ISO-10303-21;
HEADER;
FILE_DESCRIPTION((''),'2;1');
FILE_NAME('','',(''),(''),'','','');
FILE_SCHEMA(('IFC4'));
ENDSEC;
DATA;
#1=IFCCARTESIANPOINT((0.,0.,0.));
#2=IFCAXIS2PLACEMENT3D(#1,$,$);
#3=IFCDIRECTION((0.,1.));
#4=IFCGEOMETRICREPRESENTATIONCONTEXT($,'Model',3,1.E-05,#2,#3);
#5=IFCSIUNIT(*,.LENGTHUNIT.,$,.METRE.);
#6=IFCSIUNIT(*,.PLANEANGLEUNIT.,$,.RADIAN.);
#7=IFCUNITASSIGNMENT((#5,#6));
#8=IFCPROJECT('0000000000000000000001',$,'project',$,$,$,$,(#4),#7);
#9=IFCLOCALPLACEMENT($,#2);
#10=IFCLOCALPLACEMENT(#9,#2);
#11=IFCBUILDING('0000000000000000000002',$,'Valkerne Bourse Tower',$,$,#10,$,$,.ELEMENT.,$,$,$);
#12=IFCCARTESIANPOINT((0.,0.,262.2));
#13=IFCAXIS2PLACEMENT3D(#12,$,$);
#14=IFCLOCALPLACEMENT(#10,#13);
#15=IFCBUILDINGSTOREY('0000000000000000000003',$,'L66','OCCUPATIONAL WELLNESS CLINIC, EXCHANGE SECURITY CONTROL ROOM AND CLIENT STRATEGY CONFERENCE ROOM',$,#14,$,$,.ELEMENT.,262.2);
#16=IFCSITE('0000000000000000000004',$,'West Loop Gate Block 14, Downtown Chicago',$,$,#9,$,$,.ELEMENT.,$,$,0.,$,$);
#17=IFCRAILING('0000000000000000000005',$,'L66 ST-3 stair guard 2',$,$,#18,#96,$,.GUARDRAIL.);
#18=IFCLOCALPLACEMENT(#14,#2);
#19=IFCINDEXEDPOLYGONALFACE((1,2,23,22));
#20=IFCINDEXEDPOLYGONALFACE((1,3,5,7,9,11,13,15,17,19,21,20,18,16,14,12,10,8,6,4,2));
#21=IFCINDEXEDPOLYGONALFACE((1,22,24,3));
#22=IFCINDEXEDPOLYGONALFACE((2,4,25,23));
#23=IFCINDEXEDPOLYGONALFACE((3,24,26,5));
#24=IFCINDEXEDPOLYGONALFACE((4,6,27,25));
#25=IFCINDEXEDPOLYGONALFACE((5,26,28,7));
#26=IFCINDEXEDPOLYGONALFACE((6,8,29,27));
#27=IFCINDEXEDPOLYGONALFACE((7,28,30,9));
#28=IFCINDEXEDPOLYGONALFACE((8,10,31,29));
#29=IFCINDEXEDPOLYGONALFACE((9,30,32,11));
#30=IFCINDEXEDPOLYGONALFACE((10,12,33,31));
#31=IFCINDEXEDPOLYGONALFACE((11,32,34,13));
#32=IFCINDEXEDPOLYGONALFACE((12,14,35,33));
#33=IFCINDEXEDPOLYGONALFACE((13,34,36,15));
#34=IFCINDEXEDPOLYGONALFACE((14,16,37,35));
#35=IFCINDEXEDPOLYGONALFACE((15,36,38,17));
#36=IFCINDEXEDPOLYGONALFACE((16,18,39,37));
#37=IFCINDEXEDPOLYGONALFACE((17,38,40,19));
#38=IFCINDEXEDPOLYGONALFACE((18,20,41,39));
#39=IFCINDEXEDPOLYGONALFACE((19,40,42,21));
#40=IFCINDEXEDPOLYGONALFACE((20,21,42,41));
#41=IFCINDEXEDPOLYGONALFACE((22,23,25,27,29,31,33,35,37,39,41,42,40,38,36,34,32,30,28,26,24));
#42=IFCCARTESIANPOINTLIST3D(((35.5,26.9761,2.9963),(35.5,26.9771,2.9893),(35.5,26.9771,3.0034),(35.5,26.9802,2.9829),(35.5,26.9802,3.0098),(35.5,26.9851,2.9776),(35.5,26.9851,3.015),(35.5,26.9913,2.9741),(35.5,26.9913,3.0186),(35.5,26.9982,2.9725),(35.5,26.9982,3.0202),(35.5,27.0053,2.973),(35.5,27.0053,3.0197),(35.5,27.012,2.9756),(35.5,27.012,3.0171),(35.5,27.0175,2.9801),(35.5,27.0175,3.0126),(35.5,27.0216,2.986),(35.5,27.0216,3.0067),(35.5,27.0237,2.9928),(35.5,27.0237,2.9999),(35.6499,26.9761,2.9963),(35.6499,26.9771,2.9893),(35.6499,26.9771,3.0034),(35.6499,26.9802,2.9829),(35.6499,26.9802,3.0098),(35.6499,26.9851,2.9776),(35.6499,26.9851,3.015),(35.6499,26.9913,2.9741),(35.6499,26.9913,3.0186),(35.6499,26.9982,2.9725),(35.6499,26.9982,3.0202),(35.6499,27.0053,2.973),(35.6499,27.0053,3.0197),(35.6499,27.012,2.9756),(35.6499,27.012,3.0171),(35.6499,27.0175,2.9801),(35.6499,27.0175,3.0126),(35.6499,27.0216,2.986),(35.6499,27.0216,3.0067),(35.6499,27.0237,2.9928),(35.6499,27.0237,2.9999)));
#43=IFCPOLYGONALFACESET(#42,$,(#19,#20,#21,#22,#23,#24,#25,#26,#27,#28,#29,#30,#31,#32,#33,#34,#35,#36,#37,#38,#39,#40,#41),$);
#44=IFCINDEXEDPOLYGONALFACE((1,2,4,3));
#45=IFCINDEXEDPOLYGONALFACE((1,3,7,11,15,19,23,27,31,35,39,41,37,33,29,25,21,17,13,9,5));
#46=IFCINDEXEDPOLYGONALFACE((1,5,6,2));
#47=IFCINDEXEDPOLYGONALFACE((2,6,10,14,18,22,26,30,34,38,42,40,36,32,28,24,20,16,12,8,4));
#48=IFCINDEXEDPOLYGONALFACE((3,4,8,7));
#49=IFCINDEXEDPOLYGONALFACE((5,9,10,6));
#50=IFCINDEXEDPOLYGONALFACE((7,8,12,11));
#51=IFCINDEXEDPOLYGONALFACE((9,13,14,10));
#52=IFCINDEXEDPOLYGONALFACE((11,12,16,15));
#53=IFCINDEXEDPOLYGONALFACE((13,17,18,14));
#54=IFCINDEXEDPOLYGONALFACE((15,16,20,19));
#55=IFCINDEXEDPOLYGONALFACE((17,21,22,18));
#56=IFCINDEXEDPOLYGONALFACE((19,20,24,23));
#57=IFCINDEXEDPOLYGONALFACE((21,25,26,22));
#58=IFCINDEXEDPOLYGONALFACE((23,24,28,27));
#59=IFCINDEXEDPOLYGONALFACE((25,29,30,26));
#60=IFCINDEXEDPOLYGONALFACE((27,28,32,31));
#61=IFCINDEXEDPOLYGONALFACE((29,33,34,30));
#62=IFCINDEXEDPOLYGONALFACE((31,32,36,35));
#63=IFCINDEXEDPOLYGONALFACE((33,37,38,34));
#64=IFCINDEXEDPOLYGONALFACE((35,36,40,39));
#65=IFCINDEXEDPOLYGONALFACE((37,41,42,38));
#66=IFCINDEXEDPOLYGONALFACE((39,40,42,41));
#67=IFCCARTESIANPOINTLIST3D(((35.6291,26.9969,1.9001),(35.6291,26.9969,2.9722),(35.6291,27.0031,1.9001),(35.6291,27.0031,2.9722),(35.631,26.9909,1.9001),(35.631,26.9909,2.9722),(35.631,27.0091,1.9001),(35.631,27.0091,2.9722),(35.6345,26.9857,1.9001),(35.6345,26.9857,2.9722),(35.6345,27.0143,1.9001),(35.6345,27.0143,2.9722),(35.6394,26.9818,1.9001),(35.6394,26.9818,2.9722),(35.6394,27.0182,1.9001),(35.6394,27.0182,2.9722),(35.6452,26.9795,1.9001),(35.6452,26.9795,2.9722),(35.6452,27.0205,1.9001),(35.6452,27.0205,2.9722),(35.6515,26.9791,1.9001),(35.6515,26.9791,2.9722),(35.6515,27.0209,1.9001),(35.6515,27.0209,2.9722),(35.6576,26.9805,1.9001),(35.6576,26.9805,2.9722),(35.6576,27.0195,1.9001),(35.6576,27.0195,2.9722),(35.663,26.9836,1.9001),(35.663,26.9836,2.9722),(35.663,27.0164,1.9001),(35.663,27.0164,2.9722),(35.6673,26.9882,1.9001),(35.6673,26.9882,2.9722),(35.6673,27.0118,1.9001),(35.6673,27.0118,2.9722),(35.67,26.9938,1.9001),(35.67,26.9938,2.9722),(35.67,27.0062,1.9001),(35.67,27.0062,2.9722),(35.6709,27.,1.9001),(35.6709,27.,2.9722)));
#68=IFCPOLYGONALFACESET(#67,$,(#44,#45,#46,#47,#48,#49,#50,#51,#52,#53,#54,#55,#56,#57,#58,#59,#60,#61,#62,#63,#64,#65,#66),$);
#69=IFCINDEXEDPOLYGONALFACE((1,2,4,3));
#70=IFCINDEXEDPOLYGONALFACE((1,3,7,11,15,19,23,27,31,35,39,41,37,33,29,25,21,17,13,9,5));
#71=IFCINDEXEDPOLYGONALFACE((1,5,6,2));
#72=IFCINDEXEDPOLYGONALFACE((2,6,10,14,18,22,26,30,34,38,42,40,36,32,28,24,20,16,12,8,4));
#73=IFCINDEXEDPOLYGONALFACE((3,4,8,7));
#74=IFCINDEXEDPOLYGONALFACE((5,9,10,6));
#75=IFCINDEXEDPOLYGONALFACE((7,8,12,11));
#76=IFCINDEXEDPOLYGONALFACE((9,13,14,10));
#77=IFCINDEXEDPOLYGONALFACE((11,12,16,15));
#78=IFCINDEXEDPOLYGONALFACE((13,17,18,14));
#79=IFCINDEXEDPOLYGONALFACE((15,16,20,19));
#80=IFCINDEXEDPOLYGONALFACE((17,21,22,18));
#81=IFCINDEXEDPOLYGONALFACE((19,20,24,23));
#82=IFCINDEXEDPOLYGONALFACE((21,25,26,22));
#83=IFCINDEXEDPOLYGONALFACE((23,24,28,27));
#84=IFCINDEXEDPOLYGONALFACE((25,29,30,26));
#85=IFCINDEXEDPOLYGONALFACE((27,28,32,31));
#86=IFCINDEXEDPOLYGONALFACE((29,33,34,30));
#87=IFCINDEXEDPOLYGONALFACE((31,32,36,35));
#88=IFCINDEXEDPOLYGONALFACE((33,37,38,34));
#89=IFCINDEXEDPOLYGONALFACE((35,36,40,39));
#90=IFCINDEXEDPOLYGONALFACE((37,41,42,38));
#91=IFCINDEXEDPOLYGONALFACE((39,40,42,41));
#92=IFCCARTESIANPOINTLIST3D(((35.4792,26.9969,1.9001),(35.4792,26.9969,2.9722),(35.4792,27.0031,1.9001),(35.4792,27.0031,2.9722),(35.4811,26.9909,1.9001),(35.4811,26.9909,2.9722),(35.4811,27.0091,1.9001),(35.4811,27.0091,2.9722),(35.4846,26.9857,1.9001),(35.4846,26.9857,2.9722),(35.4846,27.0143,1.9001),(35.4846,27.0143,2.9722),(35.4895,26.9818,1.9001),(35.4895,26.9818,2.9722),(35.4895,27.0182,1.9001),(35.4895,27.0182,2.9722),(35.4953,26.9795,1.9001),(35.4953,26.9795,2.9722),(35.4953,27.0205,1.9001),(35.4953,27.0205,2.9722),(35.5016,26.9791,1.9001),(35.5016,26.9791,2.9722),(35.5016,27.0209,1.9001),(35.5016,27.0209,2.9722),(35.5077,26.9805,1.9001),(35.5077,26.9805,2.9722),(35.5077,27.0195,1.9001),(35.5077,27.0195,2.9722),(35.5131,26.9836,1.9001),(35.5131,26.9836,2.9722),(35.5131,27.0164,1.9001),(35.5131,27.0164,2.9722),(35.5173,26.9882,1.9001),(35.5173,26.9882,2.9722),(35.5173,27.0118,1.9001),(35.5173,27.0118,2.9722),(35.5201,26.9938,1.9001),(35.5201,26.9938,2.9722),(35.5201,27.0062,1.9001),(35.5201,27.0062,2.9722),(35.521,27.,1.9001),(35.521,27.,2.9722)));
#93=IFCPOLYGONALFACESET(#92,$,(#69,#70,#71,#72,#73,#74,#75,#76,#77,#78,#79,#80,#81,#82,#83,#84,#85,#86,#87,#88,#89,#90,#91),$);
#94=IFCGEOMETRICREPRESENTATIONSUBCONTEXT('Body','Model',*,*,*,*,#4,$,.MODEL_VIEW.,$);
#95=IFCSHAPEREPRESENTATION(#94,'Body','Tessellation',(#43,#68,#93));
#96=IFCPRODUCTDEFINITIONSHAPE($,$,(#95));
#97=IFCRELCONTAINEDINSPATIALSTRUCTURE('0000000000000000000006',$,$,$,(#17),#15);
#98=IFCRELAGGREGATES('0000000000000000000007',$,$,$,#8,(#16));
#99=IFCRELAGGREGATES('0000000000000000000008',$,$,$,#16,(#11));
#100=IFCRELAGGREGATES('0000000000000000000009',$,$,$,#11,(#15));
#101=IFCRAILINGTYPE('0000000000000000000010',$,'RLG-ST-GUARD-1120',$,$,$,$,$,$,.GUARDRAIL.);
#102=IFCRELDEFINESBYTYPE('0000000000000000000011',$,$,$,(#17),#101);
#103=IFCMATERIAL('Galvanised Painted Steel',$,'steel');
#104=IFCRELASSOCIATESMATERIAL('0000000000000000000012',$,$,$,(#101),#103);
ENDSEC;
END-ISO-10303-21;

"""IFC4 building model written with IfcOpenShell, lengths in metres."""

from ifc_helpers import new_model, si_unit, direction, frame, origin, origin_2d, place, context, subcontext, project, spatial, circle, extrude, material, type_object, element, save


model = new_model("IFC4")

# Units and contexts
model_context = context("Model", 3, precision=1e-05, world=origin(), true_north=direction((0.0, 1.0)))
body_context = subcontext(model_context, "Body", "Model", "MODEL_VIEW")
ifc_project = project(units=[si_unit("LENGTHUNIT", "METRE"), si_unit("PLANEANGLEUNIT", "RADIAN")], contexts=[model_context])

# Site, building, storey
site_placement = place(None, origin())
site = spatial("IfcSite", under=ifc_project, at=site_placement, Name="West Loop Gate Block 14, Downtown Chicago", CompositionType="ELEMENT", RefElevation=0.0)
building_placement = place(site_placement, origin())
building = spatial("IfcBuilding", under=site, at=building_placement, Name="Valkerne Bourse Tower", CompositionType="ELEMENT")
storey_placement = place(building_placement, frame((0.0, 0.0, 262.2)))
storey = spatial("IfcBuildingStorey", under=building, at=storey_placement, Name="L66", Description="OCCUPATIONAL WELLNESS CLINIC, EXCHANGE SECURITY CONTROL ROOM AND CLIENT STRATEGY CONFERENCE ROOM", CompositionType="ELEMENT", Elevation=262.2)

# Railing
ifc_material_1 = material(Name="Galvanised Painted Steel", Category="steel")
railing_type_1 = type_object("IfcRailingType", Name="RLG-ST-GUARD-1120", PredefinedType="GUARDRAIL", material=ifc_material_1)
railing_1_placement = place(storey_placement, frame((35.6499, 27.0, 1.9001)))
element("IfcRailing", 1, at=railing_1_placement, inside=storey, type_object=railing_type_1, Name="L66 ST-3 stair guard 2", PredefinedType="GUARDRAIL", context=body_context, shape_type="SweptSolid", body=[
    extrude(circle(Radius=0.0239, at=origin_2d()), frame((0.0, 0.0, 1.0962), z_axis=(-1.0, 0.0, 0.0), x_axis=(0.0, -1.0, 0.0)), (0.0, 0.0, 1.0), 0.1499),
    extrude(circle(Radius=0.021, at=origin_2d()), origin(), (0.0, 0.0, 1.0), 1.072),
    extrude(circle(Radius=0.021, at=origin_2d()), frame((-0.1499, 0.0, 0.0)), (0.0, 0.0, 1.0), 1.072),
])

save(model, "model.ifc")
